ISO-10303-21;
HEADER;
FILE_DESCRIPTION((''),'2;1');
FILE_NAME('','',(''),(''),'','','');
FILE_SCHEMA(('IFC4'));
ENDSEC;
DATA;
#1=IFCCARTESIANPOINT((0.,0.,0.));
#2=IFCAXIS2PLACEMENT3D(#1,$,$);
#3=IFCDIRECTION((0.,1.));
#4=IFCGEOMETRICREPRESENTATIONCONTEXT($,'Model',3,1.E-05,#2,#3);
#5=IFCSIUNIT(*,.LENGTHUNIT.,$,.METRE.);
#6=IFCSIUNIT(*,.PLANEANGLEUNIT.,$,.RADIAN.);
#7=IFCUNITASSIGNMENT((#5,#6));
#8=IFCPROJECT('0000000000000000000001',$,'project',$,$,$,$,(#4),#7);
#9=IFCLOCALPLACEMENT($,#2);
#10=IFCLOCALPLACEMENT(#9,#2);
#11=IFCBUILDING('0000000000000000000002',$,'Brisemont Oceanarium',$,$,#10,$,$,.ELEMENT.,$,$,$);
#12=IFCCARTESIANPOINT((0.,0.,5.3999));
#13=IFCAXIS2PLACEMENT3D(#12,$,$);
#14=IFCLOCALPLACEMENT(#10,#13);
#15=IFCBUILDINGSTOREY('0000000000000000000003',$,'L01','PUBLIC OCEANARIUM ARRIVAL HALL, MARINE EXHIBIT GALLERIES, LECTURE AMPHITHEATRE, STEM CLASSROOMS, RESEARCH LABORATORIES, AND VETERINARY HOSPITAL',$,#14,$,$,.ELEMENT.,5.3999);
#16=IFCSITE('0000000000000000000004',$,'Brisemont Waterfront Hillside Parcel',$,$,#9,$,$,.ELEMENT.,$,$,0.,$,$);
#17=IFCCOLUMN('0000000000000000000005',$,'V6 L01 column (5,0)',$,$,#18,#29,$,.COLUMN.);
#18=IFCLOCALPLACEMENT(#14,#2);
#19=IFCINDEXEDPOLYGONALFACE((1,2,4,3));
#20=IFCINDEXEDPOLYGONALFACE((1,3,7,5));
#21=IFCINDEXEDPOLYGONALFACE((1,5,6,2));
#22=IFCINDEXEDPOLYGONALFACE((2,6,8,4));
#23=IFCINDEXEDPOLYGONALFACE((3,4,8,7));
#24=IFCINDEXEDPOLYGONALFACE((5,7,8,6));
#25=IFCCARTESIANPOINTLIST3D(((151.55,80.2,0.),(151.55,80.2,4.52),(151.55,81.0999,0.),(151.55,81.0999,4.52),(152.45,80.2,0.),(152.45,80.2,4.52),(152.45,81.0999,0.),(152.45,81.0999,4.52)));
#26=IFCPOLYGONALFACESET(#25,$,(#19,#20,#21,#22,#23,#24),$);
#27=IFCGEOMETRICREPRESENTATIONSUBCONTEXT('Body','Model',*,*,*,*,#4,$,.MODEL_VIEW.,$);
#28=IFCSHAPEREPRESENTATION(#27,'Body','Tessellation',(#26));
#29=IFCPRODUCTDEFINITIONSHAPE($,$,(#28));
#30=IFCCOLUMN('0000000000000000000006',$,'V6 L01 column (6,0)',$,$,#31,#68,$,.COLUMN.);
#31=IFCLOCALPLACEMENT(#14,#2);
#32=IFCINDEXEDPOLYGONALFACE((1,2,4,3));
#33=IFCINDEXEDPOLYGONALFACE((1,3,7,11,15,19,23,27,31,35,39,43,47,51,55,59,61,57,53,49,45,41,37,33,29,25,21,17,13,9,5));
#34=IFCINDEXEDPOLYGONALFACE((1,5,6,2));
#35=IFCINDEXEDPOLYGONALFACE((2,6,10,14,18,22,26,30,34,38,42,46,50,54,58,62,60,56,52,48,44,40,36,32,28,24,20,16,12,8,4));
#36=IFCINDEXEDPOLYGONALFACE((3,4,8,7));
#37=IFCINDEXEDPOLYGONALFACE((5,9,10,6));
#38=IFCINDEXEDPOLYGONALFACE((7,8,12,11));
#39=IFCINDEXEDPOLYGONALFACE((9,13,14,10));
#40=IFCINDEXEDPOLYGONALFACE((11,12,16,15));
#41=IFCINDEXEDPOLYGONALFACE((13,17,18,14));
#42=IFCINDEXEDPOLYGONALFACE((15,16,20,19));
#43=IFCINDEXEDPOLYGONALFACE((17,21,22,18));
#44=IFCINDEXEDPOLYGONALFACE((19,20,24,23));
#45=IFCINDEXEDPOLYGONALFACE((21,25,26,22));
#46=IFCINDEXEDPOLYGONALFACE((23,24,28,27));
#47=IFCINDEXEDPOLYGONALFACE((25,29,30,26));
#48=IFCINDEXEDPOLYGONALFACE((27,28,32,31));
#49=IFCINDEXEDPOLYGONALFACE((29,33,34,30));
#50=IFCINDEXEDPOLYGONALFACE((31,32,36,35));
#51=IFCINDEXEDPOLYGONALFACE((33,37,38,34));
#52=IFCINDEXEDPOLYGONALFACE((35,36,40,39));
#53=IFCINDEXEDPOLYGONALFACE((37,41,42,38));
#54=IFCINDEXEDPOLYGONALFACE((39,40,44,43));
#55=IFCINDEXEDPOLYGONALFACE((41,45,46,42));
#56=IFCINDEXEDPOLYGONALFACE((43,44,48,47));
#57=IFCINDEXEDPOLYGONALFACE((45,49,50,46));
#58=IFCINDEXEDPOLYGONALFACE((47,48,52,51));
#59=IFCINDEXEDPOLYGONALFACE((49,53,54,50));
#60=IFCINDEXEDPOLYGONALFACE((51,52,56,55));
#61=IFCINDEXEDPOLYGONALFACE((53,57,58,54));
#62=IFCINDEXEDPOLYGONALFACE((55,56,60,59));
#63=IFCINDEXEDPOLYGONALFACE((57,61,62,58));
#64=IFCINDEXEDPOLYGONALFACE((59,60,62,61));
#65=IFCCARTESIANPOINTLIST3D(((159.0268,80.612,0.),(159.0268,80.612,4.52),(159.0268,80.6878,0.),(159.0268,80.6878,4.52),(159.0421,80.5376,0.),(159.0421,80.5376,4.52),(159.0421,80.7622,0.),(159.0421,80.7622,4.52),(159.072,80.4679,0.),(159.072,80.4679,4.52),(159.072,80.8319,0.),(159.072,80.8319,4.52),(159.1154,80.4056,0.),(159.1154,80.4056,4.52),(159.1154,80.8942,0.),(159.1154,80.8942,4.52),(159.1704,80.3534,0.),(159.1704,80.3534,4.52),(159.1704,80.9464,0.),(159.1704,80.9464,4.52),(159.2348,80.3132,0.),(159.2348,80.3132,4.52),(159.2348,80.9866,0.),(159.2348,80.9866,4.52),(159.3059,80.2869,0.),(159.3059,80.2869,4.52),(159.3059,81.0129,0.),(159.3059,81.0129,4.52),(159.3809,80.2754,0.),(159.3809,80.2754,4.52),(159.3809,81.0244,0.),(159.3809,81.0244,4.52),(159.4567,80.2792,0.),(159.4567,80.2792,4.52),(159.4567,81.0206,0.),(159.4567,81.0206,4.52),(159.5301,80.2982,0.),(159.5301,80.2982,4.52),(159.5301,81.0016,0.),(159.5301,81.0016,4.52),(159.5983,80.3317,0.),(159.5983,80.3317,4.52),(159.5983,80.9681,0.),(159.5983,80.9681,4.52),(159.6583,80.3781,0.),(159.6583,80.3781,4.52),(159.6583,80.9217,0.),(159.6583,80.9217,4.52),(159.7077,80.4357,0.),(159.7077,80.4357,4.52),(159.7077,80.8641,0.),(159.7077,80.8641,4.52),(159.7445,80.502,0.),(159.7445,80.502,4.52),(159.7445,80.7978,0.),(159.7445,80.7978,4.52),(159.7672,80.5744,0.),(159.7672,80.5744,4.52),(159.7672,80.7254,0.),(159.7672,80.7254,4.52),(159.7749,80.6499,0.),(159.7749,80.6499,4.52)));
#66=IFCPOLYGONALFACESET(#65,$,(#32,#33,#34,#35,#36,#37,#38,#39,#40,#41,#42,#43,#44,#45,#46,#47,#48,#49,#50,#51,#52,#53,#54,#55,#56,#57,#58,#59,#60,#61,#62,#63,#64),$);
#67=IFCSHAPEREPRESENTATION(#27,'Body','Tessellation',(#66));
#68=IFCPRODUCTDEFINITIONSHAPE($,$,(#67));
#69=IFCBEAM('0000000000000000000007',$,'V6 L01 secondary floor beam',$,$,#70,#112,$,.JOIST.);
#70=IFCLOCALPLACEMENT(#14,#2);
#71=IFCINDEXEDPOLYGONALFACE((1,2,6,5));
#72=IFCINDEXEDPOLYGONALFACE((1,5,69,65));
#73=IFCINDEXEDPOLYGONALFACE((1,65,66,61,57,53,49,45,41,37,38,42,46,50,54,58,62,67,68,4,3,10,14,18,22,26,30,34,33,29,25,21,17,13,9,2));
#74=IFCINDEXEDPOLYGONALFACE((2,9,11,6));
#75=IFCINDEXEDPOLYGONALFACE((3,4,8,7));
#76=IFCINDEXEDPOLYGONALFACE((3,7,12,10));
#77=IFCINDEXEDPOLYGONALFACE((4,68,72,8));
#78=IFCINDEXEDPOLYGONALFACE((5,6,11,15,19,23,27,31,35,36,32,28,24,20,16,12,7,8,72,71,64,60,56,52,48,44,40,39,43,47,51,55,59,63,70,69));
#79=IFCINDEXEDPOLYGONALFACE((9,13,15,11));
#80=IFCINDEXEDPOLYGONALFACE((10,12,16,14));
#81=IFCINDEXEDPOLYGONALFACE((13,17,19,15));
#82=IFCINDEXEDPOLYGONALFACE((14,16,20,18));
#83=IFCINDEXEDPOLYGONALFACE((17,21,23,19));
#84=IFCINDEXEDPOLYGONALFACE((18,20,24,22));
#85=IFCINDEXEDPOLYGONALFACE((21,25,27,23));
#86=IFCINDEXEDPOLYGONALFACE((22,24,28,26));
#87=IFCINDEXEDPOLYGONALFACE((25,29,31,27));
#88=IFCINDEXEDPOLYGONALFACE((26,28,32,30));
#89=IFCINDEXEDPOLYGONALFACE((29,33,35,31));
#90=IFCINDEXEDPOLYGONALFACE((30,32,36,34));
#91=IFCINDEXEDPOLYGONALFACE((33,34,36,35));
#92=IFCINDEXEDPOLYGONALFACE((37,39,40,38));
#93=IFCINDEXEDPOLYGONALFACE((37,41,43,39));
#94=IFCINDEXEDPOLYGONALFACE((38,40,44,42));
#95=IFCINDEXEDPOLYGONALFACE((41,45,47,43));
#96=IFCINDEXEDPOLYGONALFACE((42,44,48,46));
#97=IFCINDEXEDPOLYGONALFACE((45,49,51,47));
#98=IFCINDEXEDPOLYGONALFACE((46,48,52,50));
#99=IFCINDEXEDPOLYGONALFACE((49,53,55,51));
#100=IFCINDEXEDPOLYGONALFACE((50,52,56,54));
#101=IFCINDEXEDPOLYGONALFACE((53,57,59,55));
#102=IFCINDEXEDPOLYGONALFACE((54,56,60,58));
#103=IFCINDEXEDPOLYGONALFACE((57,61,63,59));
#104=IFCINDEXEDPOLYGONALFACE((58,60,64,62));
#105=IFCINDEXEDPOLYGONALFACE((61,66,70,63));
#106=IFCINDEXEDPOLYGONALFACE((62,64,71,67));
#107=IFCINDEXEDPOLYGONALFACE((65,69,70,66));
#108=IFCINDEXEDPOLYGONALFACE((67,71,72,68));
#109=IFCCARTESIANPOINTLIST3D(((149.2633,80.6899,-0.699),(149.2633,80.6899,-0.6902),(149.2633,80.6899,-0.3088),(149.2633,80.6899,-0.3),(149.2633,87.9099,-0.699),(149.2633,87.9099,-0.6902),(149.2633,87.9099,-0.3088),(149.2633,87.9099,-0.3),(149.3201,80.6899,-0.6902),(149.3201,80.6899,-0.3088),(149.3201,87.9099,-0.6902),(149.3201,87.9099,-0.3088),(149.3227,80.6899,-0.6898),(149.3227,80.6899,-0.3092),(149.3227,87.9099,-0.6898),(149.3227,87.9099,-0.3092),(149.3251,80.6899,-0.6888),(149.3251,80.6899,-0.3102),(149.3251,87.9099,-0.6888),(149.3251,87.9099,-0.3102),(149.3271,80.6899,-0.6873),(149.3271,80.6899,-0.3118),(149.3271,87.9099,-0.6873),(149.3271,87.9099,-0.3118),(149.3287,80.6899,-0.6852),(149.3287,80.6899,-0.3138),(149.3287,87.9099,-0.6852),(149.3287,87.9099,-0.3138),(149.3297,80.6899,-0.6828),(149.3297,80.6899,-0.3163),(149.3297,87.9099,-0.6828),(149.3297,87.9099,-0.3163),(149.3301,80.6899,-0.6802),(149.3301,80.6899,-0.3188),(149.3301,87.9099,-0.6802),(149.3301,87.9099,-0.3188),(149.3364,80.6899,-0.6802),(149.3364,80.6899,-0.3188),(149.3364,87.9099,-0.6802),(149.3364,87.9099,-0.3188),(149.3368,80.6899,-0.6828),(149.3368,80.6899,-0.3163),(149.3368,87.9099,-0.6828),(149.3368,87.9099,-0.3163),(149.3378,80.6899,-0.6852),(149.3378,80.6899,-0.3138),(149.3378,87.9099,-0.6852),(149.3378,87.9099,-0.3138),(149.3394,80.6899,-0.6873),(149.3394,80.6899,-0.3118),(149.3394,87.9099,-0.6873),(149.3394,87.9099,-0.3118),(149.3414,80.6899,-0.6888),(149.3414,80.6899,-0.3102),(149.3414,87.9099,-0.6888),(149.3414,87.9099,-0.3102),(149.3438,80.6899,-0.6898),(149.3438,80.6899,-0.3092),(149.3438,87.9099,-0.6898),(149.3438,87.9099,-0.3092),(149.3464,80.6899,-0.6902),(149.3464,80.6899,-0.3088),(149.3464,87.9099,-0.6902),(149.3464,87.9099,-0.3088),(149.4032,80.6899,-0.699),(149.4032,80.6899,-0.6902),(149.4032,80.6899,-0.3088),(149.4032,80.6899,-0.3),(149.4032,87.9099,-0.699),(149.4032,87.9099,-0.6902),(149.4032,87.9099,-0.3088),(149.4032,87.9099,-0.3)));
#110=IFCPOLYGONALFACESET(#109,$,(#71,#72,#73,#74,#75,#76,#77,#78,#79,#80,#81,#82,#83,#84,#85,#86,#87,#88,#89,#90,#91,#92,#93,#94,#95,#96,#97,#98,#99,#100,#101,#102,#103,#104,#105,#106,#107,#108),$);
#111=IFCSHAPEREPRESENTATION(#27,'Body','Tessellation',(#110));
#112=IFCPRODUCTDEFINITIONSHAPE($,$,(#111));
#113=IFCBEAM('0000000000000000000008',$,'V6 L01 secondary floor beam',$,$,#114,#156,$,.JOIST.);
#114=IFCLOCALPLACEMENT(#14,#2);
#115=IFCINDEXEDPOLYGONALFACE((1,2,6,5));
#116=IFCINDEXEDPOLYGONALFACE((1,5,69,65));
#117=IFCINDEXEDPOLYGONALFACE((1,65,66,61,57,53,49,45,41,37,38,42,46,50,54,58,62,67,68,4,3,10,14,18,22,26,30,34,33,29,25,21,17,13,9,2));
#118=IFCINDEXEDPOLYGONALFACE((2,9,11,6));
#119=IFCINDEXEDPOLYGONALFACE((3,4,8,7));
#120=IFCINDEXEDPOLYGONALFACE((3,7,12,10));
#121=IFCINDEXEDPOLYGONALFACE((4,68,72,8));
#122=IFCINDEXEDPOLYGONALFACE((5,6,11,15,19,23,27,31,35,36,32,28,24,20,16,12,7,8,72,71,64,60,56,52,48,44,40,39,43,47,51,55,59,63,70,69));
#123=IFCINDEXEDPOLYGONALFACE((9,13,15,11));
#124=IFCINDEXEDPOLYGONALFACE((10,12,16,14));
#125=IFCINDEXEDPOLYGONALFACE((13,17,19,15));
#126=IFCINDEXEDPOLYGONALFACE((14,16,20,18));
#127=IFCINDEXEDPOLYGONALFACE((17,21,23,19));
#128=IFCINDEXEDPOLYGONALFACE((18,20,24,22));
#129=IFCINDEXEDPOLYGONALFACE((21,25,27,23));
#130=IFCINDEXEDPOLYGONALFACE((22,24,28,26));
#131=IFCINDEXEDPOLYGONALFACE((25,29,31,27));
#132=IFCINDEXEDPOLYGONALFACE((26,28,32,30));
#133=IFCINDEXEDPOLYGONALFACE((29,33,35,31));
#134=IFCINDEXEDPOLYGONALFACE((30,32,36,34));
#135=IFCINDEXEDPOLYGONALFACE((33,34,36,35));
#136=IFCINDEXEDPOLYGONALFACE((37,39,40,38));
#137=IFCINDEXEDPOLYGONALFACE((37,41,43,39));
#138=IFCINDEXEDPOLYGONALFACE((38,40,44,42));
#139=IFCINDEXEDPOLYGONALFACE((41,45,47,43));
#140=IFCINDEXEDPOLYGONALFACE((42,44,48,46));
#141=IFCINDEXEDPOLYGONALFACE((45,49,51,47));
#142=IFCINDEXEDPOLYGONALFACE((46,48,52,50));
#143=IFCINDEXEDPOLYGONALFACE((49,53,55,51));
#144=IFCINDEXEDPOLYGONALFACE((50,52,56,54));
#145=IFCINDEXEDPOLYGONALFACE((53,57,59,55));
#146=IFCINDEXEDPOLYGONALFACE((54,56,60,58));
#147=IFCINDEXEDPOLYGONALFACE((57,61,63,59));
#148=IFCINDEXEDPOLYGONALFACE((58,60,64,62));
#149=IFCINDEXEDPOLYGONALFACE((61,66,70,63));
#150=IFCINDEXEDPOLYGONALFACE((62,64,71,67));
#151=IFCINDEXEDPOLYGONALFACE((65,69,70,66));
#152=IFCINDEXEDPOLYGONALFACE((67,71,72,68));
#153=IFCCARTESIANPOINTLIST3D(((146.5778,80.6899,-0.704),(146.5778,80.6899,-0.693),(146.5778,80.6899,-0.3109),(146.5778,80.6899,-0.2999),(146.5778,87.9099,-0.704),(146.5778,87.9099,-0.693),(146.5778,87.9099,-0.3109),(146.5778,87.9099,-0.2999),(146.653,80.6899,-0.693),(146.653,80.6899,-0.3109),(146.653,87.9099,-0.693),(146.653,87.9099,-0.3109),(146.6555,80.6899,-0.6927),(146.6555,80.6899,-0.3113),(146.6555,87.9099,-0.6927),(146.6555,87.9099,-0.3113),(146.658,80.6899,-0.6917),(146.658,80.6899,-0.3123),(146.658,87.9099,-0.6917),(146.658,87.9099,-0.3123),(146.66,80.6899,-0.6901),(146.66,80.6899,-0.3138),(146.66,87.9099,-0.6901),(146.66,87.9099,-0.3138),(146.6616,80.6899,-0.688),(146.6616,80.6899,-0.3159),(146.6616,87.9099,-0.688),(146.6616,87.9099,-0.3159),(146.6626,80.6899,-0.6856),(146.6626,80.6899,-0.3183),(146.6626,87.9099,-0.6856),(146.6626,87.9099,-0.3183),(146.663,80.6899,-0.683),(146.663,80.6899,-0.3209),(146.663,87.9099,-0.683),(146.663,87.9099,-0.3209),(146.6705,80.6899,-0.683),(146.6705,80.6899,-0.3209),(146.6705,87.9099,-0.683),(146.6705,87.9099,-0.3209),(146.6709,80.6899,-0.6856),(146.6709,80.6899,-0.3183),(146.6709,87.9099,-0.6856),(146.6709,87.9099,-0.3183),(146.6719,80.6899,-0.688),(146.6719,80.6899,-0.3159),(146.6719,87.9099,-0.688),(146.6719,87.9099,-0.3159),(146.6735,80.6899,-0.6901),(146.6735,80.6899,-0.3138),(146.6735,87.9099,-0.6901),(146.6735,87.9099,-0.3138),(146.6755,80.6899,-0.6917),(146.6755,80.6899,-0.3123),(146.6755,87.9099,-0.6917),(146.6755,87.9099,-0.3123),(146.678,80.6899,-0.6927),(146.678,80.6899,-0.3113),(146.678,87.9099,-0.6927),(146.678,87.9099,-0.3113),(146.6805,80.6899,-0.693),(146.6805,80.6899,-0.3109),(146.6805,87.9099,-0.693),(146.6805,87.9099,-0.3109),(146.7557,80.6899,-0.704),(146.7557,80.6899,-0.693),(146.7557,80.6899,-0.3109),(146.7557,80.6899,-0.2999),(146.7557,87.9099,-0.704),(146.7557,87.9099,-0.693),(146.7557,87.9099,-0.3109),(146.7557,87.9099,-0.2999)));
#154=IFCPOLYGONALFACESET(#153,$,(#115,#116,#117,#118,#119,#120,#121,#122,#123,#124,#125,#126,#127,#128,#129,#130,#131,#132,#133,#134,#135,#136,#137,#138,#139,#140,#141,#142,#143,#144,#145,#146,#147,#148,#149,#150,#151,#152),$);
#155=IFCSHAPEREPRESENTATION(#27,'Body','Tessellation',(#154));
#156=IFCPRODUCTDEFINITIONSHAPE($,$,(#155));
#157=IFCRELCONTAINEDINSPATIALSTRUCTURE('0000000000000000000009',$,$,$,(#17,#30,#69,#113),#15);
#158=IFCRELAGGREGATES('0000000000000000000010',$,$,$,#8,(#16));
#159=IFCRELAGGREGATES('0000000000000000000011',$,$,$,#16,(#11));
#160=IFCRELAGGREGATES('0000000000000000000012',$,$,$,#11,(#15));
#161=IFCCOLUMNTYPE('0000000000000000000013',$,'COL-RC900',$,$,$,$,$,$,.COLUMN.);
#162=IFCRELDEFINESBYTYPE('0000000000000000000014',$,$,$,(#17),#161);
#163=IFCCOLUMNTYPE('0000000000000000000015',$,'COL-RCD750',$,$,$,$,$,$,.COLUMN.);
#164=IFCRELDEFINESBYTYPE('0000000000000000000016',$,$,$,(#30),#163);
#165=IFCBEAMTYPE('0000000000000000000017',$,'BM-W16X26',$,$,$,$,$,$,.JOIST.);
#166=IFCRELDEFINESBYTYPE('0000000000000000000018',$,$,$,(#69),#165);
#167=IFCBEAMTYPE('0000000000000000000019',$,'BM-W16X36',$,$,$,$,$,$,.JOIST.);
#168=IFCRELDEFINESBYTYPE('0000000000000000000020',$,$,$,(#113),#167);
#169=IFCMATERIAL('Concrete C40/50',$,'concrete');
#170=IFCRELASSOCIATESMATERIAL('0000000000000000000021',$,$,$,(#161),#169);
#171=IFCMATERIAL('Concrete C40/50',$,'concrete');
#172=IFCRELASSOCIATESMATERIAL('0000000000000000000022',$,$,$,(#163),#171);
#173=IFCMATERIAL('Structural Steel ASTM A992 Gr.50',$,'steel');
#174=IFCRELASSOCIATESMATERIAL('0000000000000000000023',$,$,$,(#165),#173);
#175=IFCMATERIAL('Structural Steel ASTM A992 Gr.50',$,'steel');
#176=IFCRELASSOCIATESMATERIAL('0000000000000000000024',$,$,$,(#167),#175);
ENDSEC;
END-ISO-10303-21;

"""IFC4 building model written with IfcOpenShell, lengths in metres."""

from ifc_helpers import new_model, si_unit, direction, frame, origin, origin_2d, place, context, subcontext, project, spatial, rectangle, circle, i_section, extrude, material, material_profile, profile_set, type_object, element, save


model = new_model("IFC4")

# Units and contexts
model_context = context("Model", 3, precision=1e-05, world=origin(), true_north=direction((0.0, 1.0)))
body_context = subcontext(model_context, "Body", "Model", "MODEL_VIEW")
ifc_project = project(units=[si_unit("LENGTHUNIT", "METRE"), si_unit("PLANEANGLEUNIT", "RADIAN")], contexts=[model_context])

# Site, building, storey
site_placement = place(None, origin())
site = spatial("IfcSite", under=ifc_project, at=site_placement, Name="Brisemont Waterfront Hillside Parcel", CompositionType="ELEMENT", RefElevation=0.0)
building_placement = place(site_placement, origin())
building = spatial("IfcBuilding", under=site, at=building_placement, Name="Brisemont Oceanarium", CompositionType="ELEMENT")
storey_placement = place(building_placement, frame((0.0, 0.0, 5.3999)))
storey = spatial("IfcBuildingStorey", under=building, at=storey_placement, Name="L01", Description="PUBLIC OCEANARIUM ARRIVAL HALL, MARINE EXHIBIT GALLERIES, LECTURE AMPHITHEATRE, STEM CLASSROOMS, RESEARCH LABORATORIES, AND VETERINARY HOSPITAL", CompositionType="ELEMENT", Elevation=5.3999)

# Columns
ifc_material_1 = material(Name="Concrete C40/50", Category="concrete")
ifc_material_profile_1 = material_profile(ifc_material_1, rectangle(XDim=0.8999, YDim=0.8999, at=origin_2d()), Name="RC-COL-900X900")
ifc_profile_set_1 = profile_set([ifc_material_profile_1], Name="Concrete C40/50")
column_type_1 = type_object("IfcColumnType", Name="COL-RC900", PredefinedType="COLUMN", material=ifc_profile_set_1)
column_1_placement = place(storey_placement, frame((152.0, 80.6499, 0.0), z_axis=(0.0, 0.0, 1.0), x_axis=(0.0, 1.0, 0.0)))
element("IfcColumn", 1, at=column_1_placement, inside=storey, type_object=column_type_1, Name="V6 L01 column (5,0)", PredefinedType="COLUMN", context=body_context, shape_type="SweptSolid", body=[
    extrude(rectangle(XDim=0.8999, YDim=0.8999, at=origin_2d()), origin(), (0.0, 0.0, 1.0), 4.52),
])
ifc_material_2 = material(Name="Concrete C40/50", Category="concrete")
ifc_material_profile_2 = material_profile(ifc_material_2, circle(Radius=0.375, at=origin_2d()), Name="RC-COL-D750")
ifc_profile_set_2 = profile_set([ifc_material_profile_2], Name="Concrete C40/50")
column_type_2 = type_object("IfcColumnType", Name="COL-RCD750", PredefinedType="COLUMN", material=ifc_profile_set_2)
column_2_placement = place(storey_placement, frame((159.3999, 80.6499, 0.0), z_axis=(0.0, 0.0, 1.0), x_axis=(1.0, 0.0, 0.0)))
element("IfcColumn", 2, at=column_2_placement, inside=storey, type_object=column_type_2, Name="V6 L01 column (6,0)", PredefinedType="COLUMN", context=body_context, shape_type="SweptSolid", body=[
    extrude(circle(Radius=0.375, at=origin_2d()), origin(), (0.0, 0.0, 1.0), 4.52),
])

# Beams
ifc_material_3 = material(Name="Structural Steel ASTM A992 Gr.50", Category="steel")
ifc_material_profile_3 = material_profile(ifc_material_3, i_section(OverallWidth=0.1399, OverallDepth=0.3989, WebThickness=0.0063, FlangeThickness=0.0088, FilletRadius=0.01, at=origin_2d()), Name="W16X26")
ifc_profile_set_3 = profile_set([ifc_material_profile_3], Name="Structural Steel ASTM A992 Gr.50")
beam_type_1 = type_object("IfcBeamType", Name="BM-W16X26", PredefinedType="JOIST", material=ifc_profile_set_3)
beam_1_placement = place(storey_placement, frame((149.3333, 80.6899, -0.4995), z_axis=(0.0, 1.0, 0.0), x_axis=(-1.0, 0.0, 0.0)))
element("IfcBeam", 3, at=beam_1_placement, inside=storey, type_object=beam_type_1, Name="V6 L01 secondary floor beam", PredefinedType="JOIST", context=body_context, shape_type="SweptSolid", body=[
    extrude(i_section(OverallWidth=0.1399, OverallDepth=0.3989, WebThickness=0.0063, FlangeThickness=0.0088, FilletRadius=0.01, at=origin_2d()), origin(), (0.0, 0.0, 1.0), 7.22),
])
ifc_material_4 = material(Name="Structural Steel ASTM A992 Gr.50", Category="steel")
ifc_material_profile_4 = material_profile(ifc_material_4, i_section(OverallWidth=0.178, OverallDepth=0.4041, WebThickness=0.0076, FlangeThickness=0.011, FilletRadius=0.01, at=origin_2d()), Name="W16X36")
ifc_profile_set_4 = profile_set([ifc_material_profile_4], Name="Structural Steel ASTM A992 Gr.50")
beam_type_2 = type_object("IfcBeamType", Name="BM-W16X36", PredefinedType="JOIST", material=ifc_profile_set_4)
beam_2_placement = place(storey_placement, frame((146.6667, 80.6899, -0.502), z_axis=(0.0, 1.0, 0.0), x_axis=(-1.0, 0.0, 0.0)))
element("IfcBeam", 4, at=beam_2_placement, inside=storey, type_object=beam_type_2, Name="V6 L01 secondary floor beam", PredefinedType="JOIST", context=body_context, shape_type="SweptSolid", body=[
    extrude(i_section(OverallWidth=0.178, OverallDepth=0.4041, WebThickness=0.0076, FlangeThickness=0.011, FilletRadius=0.01, at=origin_2d()), origin(), (0.0, 0.0, 1.0), 7.22),
])

save(model, "model.ifc")
